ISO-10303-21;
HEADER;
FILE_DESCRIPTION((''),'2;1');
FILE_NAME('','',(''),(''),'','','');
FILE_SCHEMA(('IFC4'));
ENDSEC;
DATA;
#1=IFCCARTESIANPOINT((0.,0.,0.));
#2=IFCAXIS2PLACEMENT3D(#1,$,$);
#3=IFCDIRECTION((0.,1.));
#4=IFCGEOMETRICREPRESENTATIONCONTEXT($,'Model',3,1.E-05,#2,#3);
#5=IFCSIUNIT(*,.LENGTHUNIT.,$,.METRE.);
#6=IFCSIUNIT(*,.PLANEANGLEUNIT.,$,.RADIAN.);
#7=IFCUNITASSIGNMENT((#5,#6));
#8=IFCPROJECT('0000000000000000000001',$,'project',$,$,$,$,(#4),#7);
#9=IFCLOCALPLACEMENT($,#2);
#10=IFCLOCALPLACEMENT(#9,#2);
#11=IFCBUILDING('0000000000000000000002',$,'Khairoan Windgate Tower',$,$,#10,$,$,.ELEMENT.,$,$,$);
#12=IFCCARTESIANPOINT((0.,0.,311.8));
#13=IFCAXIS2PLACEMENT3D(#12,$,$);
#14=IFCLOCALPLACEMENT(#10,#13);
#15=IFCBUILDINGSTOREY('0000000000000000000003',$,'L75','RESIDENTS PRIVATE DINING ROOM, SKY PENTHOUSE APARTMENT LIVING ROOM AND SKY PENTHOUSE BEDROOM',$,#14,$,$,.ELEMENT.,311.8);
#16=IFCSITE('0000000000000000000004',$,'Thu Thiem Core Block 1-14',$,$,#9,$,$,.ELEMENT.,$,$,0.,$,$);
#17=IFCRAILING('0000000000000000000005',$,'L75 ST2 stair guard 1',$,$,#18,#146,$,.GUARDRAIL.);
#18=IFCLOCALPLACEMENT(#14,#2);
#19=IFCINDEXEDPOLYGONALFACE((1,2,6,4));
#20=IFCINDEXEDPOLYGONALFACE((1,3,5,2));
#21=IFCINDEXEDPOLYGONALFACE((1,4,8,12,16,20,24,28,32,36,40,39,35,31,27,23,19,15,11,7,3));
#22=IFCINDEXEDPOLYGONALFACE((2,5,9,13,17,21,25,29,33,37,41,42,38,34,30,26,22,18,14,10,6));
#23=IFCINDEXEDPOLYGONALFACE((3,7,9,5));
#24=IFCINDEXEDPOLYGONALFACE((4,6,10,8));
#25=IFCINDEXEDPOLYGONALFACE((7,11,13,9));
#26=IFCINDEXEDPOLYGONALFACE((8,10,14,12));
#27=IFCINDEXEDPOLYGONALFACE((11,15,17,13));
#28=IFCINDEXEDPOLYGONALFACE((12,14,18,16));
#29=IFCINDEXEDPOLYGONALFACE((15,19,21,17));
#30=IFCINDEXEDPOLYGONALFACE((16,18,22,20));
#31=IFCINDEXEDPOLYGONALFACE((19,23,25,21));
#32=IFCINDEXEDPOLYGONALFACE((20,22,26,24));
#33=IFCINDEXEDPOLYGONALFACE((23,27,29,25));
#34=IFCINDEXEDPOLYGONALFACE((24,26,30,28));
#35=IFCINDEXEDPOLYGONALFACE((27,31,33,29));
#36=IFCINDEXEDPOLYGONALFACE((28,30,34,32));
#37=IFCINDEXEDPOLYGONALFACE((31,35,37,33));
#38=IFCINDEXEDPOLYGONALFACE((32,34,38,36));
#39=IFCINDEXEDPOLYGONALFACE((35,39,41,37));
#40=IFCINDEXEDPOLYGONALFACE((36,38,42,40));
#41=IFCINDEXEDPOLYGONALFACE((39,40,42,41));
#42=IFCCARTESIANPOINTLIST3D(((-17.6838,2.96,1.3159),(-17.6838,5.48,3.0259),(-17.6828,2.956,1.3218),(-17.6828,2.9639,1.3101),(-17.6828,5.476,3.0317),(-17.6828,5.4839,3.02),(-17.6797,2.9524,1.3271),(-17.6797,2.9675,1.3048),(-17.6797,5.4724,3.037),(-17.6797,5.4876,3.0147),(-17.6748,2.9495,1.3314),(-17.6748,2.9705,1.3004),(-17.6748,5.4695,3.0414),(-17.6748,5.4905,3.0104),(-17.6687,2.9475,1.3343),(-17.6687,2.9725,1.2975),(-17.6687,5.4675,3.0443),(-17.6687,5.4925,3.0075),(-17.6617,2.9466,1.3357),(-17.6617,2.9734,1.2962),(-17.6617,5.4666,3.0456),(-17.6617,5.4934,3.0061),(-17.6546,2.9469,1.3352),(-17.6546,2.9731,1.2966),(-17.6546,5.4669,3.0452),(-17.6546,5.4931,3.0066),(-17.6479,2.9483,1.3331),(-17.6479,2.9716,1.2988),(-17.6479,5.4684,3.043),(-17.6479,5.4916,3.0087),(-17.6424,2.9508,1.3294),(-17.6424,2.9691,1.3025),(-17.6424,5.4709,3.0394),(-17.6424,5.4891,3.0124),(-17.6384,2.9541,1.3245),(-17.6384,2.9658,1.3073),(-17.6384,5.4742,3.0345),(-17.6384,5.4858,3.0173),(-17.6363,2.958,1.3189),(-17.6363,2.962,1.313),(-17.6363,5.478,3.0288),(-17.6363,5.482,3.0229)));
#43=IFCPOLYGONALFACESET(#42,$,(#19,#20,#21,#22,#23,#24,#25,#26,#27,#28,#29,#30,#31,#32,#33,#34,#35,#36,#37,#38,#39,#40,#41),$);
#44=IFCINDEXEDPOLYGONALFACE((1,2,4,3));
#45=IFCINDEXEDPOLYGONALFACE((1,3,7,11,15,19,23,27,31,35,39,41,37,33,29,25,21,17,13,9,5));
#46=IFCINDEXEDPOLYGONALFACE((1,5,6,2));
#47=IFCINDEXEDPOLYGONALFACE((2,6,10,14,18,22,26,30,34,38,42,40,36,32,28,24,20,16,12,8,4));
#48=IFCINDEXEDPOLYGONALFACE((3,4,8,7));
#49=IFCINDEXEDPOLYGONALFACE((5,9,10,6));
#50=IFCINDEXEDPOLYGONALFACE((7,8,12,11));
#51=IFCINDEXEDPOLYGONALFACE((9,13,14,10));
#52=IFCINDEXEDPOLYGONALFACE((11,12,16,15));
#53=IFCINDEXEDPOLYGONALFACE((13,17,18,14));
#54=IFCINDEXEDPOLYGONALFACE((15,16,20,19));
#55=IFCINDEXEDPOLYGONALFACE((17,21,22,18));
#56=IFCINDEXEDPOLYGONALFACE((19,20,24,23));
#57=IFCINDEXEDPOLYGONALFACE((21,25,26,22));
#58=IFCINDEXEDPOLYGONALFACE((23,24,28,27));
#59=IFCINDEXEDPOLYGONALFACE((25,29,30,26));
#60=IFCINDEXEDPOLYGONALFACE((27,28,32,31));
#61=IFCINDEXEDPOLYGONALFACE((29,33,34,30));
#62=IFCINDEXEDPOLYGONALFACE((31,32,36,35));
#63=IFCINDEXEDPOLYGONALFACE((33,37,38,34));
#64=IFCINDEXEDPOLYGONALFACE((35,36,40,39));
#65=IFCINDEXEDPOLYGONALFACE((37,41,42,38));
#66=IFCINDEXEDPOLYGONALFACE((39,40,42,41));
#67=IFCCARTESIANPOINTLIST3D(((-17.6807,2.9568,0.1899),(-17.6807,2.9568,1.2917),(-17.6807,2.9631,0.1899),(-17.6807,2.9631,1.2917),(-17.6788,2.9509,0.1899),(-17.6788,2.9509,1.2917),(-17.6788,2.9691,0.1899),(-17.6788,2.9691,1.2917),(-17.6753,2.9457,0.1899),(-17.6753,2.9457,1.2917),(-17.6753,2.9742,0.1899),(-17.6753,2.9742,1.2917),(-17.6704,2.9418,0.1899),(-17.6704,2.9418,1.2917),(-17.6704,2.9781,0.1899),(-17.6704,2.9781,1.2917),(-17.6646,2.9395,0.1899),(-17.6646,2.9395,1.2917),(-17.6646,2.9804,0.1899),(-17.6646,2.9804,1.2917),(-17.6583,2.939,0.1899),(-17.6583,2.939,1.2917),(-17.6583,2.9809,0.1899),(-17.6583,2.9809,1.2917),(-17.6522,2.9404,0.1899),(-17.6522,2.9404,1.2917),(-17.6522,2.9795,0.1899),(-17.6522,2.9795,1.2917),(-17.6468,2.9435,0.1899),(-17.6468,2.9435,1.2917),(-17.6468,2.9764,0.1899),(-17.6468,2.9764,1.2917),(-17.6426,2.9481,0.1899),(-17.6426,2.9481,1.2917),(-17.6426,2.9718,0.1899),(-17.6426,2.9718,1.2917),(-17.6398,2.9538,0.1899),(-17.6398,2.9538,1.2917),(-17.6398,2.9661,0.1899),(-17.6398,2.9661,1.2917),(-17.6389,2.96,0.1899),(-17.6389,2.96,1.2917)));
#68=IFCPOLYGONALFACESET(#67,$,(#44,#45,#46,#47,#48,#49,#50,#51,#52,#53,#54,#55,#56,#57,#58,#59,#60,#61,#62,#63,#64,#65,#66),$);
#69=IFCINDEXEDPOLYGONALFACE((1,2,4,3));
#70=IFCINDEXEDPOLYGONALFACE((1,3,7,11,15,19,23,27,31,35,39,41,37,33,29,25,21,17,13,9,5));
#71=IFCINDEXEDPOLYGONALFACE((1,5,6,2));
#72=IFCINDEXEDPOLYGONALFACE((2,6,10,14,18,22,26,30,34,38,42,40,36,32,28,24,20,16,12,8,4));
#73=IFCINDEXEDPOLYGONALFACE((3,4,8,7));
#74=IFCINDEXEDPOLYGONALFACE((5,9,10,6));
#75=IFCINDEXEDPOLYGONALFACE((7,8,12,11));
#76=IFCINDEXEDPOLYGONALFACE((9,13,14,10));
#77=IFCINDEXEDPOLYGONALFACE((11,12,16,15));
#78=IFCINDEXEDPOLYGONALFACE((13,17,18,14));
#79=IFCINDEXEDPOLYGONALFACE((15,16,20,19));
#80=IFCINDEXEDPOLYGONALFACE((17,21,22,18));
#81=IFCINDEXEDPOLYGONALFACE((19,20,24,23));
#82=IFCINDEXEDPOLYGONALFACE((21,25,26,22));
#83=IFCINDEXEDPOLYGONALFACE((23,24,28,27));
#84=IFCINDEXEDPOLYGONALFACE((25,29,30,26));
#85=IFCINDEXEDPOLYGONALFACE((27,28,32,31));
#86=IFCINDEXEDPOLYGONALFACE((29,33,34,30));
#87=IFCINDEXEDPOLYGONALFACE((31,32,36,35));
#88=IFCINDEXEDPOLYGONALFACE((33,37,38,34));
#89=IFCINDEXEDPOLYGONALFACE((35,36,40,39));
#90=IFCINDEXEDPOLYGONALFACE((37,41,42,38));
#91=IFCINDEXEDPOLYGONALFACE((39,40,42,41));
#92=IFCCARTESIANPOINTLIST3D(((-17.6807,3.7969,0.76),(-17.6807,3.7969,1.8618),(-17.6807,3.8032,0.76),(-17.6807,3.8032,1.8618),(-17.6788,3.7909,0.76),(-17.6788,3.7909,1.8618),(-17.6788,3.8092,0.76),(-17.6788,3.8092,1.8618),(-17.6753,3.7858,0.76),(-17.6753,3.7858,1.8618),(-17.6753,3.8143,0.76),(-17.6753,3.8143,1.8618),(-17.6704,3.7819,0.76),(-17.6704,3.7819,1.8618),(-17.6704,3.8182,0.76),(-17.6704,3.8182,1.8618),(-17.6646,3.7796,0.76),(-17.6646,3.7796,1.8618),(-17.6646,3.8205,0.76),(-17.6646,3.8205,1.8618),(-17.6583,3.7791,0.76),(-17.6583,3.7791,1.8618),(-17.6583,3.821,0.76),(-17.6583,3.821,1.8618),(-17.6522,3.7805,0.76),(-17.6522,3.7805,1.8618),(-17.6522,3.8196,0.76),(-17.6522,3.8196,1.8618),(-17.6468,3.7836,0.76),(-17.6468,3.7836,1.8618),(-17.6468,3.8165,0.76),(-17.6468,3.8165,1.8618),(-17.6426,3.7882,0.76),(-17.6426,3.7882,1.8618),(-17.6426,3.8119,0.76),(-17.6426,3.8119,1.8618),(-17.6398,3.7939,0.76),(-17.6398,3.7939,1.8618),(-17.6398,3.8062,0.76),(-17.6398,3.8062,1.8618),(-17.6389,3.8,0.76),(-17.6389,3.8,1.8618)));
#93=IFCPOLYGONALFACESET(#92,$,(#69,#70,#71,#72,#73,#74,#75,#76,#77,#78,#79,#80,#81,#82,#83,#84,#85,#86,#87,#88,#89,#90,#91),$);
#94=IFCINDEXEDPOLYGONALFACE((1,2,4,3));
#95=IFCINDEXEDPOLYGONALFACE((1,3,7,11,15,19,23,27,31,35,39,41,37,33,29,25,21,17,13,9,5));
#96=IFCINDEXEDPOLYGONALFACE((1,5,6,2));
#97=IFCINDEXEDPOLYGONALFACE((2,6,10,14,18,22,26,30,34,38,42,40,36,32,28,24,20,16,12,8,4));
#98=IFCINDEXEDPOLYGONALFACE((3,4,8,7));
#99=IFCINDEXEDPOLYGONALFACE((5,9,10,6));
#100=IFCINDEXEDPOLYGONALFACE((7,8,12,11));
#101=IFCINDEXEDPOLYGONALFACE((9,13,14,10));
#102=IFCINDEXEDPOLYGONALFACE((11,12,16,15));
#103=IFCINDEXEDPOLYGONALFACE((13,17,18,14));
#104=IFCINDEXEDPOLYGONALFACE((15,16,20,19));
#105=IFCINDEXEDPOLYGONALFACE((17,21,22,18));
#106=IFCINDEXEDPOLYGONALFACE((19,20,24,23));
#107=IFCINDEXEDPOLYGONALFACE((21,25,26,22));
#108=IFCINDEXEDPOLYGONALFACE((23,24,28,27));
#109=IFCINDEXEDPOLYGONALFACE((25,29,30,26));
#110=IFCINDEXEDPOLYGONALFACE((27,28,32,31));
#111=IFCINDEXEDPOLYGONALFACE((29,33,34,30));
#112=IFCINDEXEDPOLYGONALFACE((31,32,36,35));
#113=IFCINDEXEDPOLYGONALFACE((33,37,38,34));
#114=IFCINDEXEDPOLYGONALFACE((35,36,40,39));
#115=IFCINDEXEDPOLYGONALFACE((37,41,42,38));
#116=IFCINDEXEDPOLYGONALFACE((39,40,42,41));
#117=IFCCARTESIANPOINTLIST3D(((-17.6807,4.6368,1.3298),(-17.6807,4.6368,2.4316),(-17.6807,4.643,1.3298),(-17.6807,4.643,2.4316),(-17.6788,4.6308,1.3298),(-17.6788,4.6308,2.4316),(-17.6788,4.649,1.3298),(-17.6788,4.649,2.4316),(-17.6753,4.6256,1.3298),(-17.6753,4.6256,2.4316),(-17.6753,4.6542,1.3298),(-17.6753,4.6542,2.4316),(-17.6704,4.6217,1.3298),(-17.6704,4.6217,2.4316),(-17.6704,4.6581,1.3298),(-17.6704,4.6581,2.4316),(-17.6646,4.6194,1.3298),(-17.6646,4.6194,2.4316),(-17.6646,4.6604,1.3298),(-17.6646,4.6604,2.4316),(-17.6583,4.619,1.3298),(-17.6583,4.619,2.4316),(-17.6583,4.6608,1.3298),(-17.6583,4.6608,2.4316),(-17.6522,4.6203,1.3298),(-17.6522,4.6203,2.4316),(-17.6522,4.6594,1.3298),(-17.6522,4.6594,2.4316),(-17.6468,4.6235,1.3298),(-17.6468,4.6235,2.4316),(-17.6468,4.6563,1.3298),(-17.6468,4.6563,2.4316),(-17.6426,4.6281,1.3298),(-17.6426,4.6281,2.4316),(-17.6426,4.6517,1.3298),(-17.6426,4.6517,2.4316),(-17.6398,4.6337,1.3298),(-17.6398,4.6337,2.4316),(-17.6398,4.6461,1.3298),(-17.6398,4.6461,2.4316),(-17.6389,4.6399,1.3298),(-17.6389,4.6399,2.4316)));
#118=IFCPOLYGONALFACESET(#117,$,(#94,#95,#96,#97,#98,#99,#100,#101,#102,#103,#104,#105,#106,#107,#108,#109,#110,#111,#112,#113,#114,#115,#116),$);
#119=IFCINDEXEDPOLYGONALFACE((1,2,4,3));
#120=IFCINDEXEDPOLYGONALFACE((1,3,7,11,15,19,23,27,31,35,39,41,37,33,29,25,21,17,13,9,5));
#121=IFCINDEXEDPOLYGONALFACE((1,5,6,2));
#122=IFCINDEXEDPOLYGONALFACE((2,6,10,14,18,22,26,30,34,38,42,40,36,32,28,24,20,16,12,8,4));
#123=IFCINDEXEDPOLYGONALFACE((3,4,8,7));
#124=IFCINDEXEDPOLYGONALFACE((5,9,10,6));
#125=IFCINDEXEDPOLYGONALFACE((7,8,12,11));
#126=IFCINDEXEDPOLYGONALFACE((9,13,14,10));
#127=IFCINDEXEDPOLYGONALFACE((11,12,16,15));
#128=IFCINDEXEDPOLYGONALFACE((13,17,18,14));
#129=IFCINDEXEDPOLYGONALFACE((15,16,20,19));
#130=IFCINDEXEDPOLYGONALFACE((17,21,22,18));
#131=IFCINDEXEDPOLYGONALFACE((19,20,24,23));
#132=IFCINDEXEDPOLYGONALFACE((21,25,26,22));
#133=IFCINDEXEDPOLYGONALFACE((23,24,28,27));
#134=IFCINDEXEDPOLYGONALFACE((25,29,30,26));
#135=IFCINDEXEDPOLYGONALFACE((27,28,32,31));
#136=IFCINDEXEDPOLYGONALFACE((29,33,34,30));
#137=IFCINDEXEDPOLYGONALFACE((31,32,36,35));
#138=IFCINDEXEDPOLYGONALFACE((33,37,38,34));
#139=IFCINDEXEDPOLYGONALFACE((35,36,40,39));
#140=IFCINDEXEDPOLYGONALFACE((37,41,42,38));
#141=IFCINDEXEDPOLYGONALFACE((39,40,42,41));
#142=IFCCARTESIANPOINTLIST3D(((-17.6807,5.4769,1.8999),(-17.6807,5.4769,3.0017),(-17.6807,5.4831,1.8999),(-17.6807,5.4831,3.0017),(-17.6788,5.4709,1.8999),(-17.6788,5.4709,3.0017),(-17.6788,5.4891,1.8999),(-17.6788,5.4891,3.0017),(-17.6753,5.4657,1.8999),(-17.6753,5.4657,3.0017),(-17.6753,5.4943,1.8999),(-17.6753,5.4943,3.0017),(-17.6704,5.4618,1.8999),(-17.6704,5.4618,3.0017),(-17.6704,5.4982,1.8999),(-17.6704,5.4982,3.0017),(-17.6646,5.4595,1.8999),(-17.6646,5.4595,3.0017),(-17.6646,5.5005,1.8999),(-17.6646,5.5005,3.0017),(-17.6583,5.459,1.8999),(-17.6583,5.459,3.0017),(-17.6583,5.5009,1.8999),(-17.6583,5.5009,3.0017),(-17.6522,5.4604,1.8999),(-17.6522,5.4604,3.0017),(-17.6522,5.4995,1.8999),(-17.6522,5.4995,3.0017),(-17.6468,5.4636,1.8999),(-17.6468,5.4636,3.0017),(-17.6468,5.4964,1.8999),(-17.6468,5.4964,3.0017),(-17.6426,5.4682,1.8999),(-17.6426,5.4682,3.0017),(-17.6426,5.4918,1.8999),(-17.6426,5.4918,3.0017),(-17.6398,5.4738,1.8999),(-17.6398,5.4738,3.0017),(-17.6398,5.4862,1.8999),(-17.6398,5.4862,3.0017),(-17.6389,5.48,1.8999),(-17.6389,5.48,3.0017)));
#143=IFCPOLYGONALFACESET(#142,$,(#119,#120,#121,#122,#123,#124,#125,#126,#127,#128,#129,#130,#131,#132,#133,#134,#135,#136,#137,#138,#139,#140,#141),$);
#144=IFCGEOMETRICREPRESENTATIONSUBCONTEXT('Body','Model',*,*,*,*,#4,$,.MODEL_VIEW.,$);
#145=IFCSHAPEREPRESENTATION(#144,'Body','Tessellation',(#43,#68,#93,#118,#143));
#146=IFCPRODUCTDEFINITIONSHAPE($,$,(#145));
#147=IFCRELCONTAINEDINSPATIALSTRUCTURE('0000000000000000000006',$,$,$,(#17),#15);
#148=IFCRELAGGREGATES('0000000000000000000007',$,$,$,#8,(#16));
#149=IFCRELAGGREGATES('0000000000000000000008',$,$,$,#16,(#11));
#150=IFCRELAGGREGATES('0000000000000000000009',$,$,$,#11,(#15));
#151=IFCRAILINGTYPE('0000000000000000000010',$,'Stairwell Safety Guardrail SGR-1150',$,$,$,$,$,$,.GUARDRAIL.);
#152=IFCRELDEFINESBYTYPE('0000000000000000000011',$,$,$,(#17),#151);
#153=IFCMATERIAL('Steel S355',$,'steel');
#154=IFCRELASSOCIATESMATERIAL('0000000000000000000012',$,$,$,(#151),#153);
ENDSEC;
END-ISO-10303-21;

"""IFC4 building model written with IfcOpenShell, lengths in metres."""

from ifc_helpers import new_model, si_unit, direction, frame, origin, origin_2d, place, context, subcontext, project, spatial, circle, extrude, material, type_object, element, save


model = new_model("IFC4")

# Units and contexts
model_context = context("Model", 3, precision=1e-05, world=origin(), true_north=direction((0.0, 1.0)))
body_context = subcontext(model_context, "Body", "Model", "MODEL_VIEW")
ifc_project = project(units=[si_unit("LENGTHUNIT", "METRE"), si_unit("PLANEANGLEUNIT", "RADIAN")], contexts=[model_context])

# Site, building, storey
site_placement = place(None, origin())
site = spatial("IfcSite", under=ifc_project, at=site_placement, Name="Thu Thiem Core Block 1-14", CompositionType="ELEMENT", RefElevation=0.0)
building_placement = place(site_placement, origin())
building = spatial("IfcBuilding", under=site, at=building_placement, Name="Khairoan Windgate Tower", CompositionType="ELEMENT")
storey_placement = place(building_placement, frame((0.0, 0.0, 311.8)))
storey = spatial("IfcBuildingStorey", under=building, at=storey_placement, Name="L75", Description="RESIDENTS PRIVATE DINING ROOM, SKY PENTHOUSE APARTMENT LIVING ROOM AND SKY PENTHOUSE BEDROOM", CompositionType="ELEMENT", Elevation=311.8)

# Railing
ifc_material_1 = material(Name="Steel S355", Category="steel")
railing_type_1 = type_object("IfcRailingType", Name="Stairwell Safety Guardrail SGR-1150", PredefinedType="GUARDRAIL", material=ifc_material_1)
railing_1_placement = place(storey_placement, frame((-17.6599, 2.96, 0.1899)))
element("IfcRailing", 1, at=railing_1_placement, inside=storey, type_object=railing_type_1, Name="L75 ST2 stair guard 1", PredefinedType="GUARDRAIL", context=body_context, shape_type="SweptSolid", body=[
    extrude(circle(Radius=0.0239, at=origin_2d()), frame((0.0, 0.0, 1.126), z_axis=(0.0, 0.827484, 0.56149), x_axis=(-1.0, 0.0, 0.0)), (0.0, 0.0, 1.0), 3.0454),
    extrude(circle(Radius=0.021, at=origin_2d()), origin(), (0.0, 0.0, 1.0), 1.1018),
    extrude(circle(Radius=0.021, at=origin_2d()), frame((0.0, 0.8401, 0.5701)), (0.0, 0.0, 1.0), 1.1018),
    extrude(circle(Radius=0.021, at=origin_2d()), frame((0.0, 1.6799, 1.1399)), (0.0, 0.0, 1.0), 1.1018),
    extrude(circle(Radius=0.021, at=origin_2d()), frame((0.0, 2.52, 1.71)), (0.0, 0.0, 1.0), 1.1018),
])

save(model, "model.ifc")
